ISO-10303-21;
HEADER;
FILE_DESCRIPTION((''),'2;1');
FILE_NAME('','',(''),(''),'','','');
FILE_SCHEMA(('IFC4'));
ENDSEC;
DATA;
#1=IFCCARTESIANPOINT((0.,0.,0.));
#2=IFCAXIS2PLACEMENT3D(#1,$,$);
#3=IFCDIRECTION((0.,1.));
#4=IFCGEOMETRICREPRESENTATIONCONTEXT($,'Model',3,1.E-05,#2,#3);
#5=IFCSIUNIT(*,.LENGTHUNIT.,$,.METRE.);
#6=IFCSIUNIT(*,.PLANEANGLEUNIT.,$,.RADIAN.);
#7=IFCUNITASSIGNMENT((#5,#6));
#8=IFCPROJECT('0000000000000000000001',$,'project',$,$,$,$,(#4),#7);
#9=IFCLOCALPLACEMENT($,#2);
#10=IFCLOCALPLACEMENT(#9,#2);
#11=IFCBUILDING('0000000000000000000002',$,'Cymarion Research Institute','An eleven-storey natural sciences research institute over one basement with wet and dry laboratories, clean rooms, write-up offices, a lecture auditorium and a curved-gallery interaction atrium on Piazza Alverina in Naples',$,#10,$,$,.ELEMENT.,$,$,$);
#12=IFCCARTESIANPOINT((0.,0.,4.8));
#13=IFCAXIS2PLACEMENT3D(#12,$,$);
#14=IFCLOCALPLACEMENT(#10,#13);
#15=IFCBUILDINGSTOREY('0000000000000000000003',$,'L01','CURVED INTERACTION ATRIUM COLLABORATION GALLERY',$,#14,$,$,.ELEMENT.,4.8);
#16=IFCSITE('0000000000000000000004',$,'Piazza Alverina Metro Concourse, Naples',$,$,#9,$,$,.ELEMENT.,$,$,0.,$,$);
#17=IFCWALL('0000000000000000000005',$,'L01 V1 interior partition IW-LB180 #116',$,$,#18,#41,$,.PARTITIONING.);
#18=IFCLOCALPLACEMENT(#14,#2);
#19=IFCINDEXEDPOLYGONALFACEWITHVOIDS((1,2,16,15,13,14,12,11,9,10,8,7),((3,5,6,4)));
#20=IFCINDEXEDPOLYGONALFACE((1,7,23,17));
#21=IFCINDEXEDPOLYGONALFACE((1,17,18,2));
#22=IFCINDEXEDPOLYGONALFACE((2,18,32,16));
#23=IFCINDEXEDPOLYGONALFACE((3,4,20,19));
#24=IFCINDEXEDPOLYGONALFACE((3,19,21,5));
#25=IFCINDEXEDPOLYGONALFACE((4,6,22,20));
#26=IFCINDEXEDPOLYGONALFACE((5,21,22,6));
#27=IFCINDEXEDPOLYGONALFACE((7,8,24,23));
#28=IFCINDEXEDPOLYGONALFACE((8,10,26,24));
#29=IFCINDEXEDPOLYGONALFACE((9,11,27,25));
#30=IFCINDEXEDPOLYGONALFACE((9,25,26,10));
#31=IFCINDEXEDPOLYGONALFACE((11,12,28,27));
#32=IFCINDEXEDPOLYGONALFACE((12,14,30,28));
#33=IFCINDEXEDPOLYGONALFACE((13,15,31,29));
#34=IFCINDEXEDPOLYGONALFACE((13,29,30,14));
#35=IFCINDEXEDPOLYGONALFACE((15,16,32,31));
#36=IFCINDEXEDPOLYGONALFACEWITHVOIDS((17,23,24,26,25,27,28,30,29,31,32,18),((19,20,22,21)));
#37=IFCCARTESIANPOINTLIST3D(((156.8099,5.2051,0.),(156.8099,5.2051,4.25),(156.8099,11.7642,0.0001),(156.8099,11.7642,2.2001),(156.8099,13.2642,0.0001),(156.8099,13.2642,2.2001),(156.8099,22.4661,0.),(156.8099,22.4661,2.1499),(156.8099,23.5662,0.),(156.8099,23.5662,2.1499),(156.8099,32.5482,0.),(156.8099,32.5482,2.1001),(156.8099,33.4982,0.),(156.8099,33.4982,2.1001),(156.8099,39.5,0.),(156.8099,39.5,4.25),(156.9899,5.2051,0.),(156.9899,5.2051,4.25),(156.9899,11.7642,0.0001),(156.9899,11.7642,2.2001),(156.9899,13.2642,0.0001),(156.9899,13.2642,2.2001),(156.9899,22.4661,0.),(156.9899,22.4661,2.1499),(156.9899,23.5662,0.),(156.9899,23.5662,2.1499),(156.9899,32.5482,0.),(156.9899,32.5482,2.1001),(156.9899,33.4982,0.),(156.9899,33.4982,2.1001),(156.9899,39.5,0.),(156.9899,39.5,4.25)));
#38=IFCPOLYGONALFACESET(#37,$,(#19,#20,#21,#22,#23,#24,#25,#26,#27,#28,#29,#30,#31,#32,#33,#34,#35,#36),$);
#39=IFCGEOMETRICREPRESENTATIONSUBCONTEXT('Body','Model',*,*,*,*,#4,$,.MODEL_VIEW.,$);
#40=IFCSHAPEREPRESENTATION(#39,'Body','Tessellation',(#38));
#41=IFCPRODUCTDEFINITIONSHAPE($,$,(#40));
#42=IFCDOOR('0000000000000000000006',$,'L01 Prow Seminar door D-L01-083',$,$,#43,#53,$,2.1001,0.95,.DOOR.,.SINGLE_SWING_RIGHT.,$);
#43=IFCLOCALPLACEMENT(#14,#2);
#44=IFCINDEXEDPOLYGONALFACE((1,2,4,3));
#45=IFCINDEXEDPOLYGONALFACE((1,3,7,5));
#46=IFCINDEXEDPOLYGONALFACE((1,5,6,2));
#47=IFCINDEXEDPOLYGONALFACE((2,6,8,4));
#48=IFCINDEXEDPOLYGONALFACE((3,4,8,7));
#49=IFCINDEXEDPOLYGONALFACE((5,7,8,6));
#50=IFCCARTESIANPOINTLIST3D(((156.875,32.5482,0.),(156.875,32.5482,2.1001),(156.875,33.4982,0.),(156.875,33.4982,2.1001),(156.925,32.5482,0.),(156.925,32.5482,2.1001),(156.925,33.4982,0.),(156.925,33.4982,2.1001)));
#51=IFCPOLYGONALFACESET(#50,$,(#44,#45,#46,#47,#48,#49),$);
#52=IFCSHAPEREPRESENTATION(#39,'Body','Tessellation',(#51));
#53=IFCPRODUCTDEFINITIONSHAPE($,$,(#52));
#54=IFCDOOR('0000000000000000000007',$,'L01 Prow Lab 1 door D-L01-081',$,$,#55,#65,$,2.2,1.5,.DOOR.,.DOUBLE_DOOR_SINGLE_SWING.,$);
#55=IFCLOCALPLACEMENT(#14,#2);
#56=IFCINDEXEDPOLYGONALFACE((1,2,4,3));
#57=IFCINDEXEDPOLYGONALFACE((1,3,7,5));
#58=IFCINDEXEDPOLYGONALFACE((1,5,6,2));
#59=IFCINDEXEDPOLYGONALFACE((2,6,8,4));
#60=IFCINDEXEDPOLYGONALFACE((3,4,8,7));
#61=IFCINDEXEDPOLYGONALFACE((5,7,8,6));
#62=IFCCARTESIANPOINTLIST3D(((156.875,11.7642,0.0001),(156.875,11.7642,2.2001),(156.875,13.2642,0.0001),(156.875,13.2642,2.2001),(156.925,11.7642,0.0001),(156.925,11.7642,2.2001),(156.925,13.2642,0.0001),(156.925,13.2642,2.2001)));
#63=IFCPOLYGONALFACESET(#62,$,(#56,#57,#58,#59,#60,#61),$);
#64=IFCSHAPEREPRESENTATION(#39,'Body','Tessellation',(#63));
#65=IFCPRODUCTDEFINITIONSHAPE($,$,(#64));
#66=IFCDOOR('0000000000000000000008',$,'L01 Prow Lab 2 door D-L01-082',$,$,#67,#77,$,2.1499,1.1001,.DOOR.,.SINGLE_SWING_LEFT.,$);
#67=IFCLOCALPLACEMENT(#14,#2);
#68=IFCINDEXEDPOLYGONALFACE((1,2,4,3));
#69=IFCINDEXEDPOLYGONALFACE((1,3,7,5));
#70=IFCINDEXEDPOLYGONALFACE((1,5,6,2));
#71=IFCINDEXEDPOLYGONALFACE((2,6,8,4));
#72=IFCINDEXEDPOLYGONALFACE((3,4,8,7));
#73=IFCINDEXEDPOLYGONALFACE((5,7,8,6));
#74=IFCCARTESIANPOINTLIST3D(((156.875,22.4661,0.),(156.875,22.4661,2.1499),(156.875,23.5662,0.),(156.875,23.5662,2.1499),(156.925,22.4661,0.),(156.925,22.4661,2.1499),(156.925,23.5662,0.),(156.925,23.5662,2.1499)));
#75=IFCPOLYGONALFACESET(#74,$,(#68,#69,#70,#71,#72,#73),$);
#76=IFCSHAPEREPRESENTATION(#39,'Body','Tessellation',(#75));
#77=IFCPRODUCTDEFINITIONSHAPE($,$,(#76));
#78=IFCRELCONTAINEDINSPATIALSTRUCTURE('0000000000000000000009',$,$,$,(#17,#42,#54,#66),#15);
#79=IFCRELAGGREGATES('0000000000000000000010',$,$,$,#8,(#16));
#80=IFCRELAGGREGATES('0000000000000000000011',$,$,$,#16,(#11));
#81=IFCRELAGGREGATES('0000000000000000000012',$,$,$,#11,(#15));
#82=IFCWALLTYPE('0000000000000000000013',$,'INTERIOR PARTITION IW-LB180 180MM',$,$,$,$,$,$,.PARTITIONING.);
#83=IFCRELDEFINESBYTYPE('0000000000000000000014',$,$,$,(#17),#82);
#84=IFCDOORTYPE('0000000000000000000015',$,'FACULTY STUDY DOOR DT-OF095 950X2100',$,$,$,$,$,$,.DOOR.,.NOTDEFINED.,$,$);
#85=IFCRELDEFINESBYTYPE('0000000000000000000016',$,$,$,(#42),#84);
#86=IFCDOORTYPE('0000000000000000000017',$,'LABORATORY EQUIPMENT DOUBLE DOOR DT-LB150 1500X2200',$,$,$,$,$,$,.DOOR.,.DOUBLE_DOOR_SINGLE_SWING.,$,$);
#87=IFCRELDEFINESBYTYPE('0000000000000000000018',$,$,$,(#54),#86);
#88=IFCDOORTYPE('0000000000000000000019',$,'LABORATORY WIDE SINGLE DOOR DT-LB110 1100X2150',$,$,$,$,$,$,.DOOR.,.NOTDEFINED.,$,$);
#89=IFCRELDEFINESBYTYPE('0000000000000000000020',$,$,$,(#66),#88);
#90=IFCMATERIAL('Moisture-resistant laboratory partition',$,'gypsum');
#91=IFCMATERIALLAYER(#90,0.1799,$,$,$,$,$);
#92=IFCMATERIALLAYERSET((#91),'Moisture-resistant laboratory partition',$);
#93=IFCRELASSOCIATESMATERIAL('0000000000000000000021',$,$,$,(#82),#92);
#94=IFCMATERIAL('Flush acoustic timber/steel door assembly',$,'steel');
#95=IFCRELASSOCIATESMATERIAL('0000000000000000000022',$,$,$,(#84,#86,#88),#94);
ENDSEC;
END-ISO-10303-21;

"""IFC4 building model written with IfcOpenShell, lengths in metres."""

from ifc_helpers import new_model, si_unit, direction, frame, frame_2d, origin, place, context, subcontext, project, spatial, rectangle, extrude, material, layer, layer_set, type_object, element, fill, save


model = new_model("IFC4")

# Units and contexts
model_context = context("Model", 3, precision=1e-05, world=origin(), true_north=direction((0.0, 1.0)))
body_context = subcontext(model_context, "Body", "Model", "MODEL_VIEW")
ifc_project = project(units=[si_unit("LENGTHUNIT", "METRE"), si_unit("PLANEANGLEUNIT", "RADIAN")], contexts=[model_context])

# Site, building, storey
site_placement = place(None, origin())
site = spatial("IfcSite", under=ifc_project, at=site_placement, Name="Piazza Alverina Metro Concourse, Naples", CompositionType="ELEMENT", RefElevation=0.0)
building_placement = place(site_placement, origin())
building = spatial("IfcBuilding", under=site, at=building_placement, Name="Cymarion Research Institute", Description="An eleven-storey natural sciences research institute over one basement with wet and dry laboratories, clean rooms, write-up offices, a lecture auditorium and a curved-gallery interaction atrium on Piazza Alverina in Naples", CompositionType="ELEMENT")
storey_placement = place(building_placement, frame((0.0, 0.0, 4.8)))
storey = spatial("IfcBuildingStorey", under=building, at=storey_placement, Name="L01", Description="CURVED INTERACTION ATRIUM COLLABORATION GALLERY", CompositionType="ELEMENT", Elevation=4.8)

# Wall, openings, doors
ifc_material_1 = material(Name="Moisture-resistant laboratory partition", Category="gypsum")
ifc_layer_1 = layer(ifc_material_1, 0.1799)
ifc_layer_set_1 = layer_set([ifc_layer_1], Name="Moisture-resistant laboratory partition")
wall_type = type_object("IfcWallType", Name="INTERIOR PARTITION IW-LB180 180MM", PredefinedType="PARTITIONING", material=ifc_layer_set_1)
wall_placement = place(storey_placement, frame((156.8999, 5.2051, 0.0), z_axis=(0.0, 0.0, 1.0), x_axis=(0.0, 1.0, 0.0)))
wall = element("IfcWall", 1, at=wall_placement, inside=storey, type_object=wall_type, Name="L01 V1 interior partition IW-LB180 #116", PredefinedType="PARTITIONING", context=body_context, shape_type="SweptSolid", body=[
    extrude(rectangle(XDim=34.2949, YDim=0.1799, at=frame_2d((17.1475, 0.0))), origin(), (0.0, 0.0, 1.0), 4.25),
])
opening_1_placement = place(wall_placement, frame((6.5591, 0.0, 0.0)))
opening_1 = element("IfcOpeningElement", 2, at=opening_1_placement, cuts=wall, PredefinedType="OPENING", context=body_context, shape_type="SweptSolid", body=[
    extrude(rectangle(XDim=1.5, YDim=2.2, at=frame_2d((0.75, 1.1001))), frame((0.0, 0.0999, 0.0), z_axis=(0.0, -1.0, 0.0), x_axis=(1.0, 0.0, 0.0)), (0.0, 0.0, 1.0), 0.2),
])
opening_2_placement = place(wall_placement, frame((17.261, 0.0, 0.0)))
opening_2 = element("IfcOpeningElement", 3, at=opening_2_placement, cuts=wall, PredefinedType="OPENING", context=body_context, shape_type="SweptSolid", body=[
    extrude(rectangle(XDim=1.1001, YDim=2.1499, at=frame_2d((0.55, 1.075))), frame((0.0, 0.0999, 0.0), z_axis=(0.0, -1.0, 0.0), x_axis=(1.0, 0.0, 0.0)), (0.0, 0.0, 1.0), 0.2),
])
opening_3_placement = place(wall_placement, frame((27.343, 0.0, 0.0)))
opening_3 = element("IfcOpeningElement", 4, at=opening_3_placement, cuts=wall, PredefinedType="OPENING", context=body_context, shape_type="SweptSolid", body=[
    extrude(rectangle(XDim=0.95, YDim=2.1001, at=frame_2d((0.4751, 1.05))), frame((0.0, 0.0999, 0.0), z_axis=(0.0, -1.0, 0.0), x_axis=(1.0, 0.0, 0.0)), (0.0, 0.0, 1.0), 0.2),
])
ifc_material_2 = material(Name="Flush acoustic timber/steel door assembly", Category="steel")
door_type_1 = type_object("IfcDoorType", Name="FACULTY STUDY DOOR DT-OF095 950X2100", OperationType="NOTDEFINED", PredefinedType="DOOR", material=ifc_material_2)
door_1_placement = place(opening_3_placement, origin())
door_1 = element("IfcDoor", 5, at=door_1_placement, inside=storey, type_object=door_type_1, Name="L01 Prow Seminar door D-L01-083", OperationType="SINGLE_SWING_RIGHT", OverallHeight=2.1001, OverallWidth=0.95, PredefinedType="DOOR", context=body_context, shape_type="SweptSolid", body=[
    extrude(rectangle(XDim=0.95, YDim=2.1001, at=frame_2d((0.4751, 1.05))), frame((0.0, 0.0249, 0.0), z_axis=(0.0, -1.0, 0.0), x_axis=(1.0, 0.0, 0.0)), (0.0, 0.0, 1.0), 0.05),
])
fill(opening_3, door_1)
door_type_2 = type_object("IfcDoorType", Name="LABORATORY EQUIPMENT DOUBLE DOOR DT-LB150 1500X2200", OperationType="DOUBLE_DOOR_SINGLE_SWING", PredefinedType="DOOR", material=ifc_material_2)
door_2_placement = place(opening_1_placement, origin())
door_2 = element("IfcDoor", 6, at=door_2_placement, inside=storey, type_object=door_type_2, Name="L01 Prow Lab 1 door D-L01-081", OperationType="DOUBLE_DOOR_SINGLE_SWING", OverallHeight=2.2, OverallWidth=1.5, PredefinedType="DOOR", context=body_context, shape_type="SweptSolid", body=[
    extrude(rectangle(XDim=1.5, YDim=2.2, at=frame_2d((0.75, 1.1001))), frame((0.0, 0.0249, 0.0), z_axis=(0.0, -1.0, 0.0), x_axis=(1.0, 0.0, 0.0)), (0.0, 0.0, 1.0), 0.05),
])
fill(opening_1, door_2)
door_type_3 = type_object("IfcDoorType", Name="LABORATORY WIDE SINGLE DOOR DT-LB110 1100X2150", OperationType="NOTDEFINED", PredefinedType="DOOR", material=ifc_material_2)
door_3_placement = place(opening_2_placement, origin())
door_3 = element("IfcDoor", 7, at=door_3_placement, inside=storey, type_object=door_type_3, Name="L01 Prow Lab 2 door D-L01-082", OperationType="SINGLE_SWING_LEFT", OverallHeight=2.1499, OverallWidth=1.1001, PredefinedType="DOOR", context=body_context, shape_type="SweptSolid", body=[
    extrude(rectangle(XDim=1.1001, YDim=2.1499, at=frame_2d((0.55, 1.075))), frame((0.0, 0.0249, 0.0), z_axis=(0.0, -1.0, 0.0), x_axis=(1.0, 0.0, 0.0)), (0.0, 0.0, 1.0), 0.05),
])
fill(opening_2, door_3)

save(model, "model.ifc")
